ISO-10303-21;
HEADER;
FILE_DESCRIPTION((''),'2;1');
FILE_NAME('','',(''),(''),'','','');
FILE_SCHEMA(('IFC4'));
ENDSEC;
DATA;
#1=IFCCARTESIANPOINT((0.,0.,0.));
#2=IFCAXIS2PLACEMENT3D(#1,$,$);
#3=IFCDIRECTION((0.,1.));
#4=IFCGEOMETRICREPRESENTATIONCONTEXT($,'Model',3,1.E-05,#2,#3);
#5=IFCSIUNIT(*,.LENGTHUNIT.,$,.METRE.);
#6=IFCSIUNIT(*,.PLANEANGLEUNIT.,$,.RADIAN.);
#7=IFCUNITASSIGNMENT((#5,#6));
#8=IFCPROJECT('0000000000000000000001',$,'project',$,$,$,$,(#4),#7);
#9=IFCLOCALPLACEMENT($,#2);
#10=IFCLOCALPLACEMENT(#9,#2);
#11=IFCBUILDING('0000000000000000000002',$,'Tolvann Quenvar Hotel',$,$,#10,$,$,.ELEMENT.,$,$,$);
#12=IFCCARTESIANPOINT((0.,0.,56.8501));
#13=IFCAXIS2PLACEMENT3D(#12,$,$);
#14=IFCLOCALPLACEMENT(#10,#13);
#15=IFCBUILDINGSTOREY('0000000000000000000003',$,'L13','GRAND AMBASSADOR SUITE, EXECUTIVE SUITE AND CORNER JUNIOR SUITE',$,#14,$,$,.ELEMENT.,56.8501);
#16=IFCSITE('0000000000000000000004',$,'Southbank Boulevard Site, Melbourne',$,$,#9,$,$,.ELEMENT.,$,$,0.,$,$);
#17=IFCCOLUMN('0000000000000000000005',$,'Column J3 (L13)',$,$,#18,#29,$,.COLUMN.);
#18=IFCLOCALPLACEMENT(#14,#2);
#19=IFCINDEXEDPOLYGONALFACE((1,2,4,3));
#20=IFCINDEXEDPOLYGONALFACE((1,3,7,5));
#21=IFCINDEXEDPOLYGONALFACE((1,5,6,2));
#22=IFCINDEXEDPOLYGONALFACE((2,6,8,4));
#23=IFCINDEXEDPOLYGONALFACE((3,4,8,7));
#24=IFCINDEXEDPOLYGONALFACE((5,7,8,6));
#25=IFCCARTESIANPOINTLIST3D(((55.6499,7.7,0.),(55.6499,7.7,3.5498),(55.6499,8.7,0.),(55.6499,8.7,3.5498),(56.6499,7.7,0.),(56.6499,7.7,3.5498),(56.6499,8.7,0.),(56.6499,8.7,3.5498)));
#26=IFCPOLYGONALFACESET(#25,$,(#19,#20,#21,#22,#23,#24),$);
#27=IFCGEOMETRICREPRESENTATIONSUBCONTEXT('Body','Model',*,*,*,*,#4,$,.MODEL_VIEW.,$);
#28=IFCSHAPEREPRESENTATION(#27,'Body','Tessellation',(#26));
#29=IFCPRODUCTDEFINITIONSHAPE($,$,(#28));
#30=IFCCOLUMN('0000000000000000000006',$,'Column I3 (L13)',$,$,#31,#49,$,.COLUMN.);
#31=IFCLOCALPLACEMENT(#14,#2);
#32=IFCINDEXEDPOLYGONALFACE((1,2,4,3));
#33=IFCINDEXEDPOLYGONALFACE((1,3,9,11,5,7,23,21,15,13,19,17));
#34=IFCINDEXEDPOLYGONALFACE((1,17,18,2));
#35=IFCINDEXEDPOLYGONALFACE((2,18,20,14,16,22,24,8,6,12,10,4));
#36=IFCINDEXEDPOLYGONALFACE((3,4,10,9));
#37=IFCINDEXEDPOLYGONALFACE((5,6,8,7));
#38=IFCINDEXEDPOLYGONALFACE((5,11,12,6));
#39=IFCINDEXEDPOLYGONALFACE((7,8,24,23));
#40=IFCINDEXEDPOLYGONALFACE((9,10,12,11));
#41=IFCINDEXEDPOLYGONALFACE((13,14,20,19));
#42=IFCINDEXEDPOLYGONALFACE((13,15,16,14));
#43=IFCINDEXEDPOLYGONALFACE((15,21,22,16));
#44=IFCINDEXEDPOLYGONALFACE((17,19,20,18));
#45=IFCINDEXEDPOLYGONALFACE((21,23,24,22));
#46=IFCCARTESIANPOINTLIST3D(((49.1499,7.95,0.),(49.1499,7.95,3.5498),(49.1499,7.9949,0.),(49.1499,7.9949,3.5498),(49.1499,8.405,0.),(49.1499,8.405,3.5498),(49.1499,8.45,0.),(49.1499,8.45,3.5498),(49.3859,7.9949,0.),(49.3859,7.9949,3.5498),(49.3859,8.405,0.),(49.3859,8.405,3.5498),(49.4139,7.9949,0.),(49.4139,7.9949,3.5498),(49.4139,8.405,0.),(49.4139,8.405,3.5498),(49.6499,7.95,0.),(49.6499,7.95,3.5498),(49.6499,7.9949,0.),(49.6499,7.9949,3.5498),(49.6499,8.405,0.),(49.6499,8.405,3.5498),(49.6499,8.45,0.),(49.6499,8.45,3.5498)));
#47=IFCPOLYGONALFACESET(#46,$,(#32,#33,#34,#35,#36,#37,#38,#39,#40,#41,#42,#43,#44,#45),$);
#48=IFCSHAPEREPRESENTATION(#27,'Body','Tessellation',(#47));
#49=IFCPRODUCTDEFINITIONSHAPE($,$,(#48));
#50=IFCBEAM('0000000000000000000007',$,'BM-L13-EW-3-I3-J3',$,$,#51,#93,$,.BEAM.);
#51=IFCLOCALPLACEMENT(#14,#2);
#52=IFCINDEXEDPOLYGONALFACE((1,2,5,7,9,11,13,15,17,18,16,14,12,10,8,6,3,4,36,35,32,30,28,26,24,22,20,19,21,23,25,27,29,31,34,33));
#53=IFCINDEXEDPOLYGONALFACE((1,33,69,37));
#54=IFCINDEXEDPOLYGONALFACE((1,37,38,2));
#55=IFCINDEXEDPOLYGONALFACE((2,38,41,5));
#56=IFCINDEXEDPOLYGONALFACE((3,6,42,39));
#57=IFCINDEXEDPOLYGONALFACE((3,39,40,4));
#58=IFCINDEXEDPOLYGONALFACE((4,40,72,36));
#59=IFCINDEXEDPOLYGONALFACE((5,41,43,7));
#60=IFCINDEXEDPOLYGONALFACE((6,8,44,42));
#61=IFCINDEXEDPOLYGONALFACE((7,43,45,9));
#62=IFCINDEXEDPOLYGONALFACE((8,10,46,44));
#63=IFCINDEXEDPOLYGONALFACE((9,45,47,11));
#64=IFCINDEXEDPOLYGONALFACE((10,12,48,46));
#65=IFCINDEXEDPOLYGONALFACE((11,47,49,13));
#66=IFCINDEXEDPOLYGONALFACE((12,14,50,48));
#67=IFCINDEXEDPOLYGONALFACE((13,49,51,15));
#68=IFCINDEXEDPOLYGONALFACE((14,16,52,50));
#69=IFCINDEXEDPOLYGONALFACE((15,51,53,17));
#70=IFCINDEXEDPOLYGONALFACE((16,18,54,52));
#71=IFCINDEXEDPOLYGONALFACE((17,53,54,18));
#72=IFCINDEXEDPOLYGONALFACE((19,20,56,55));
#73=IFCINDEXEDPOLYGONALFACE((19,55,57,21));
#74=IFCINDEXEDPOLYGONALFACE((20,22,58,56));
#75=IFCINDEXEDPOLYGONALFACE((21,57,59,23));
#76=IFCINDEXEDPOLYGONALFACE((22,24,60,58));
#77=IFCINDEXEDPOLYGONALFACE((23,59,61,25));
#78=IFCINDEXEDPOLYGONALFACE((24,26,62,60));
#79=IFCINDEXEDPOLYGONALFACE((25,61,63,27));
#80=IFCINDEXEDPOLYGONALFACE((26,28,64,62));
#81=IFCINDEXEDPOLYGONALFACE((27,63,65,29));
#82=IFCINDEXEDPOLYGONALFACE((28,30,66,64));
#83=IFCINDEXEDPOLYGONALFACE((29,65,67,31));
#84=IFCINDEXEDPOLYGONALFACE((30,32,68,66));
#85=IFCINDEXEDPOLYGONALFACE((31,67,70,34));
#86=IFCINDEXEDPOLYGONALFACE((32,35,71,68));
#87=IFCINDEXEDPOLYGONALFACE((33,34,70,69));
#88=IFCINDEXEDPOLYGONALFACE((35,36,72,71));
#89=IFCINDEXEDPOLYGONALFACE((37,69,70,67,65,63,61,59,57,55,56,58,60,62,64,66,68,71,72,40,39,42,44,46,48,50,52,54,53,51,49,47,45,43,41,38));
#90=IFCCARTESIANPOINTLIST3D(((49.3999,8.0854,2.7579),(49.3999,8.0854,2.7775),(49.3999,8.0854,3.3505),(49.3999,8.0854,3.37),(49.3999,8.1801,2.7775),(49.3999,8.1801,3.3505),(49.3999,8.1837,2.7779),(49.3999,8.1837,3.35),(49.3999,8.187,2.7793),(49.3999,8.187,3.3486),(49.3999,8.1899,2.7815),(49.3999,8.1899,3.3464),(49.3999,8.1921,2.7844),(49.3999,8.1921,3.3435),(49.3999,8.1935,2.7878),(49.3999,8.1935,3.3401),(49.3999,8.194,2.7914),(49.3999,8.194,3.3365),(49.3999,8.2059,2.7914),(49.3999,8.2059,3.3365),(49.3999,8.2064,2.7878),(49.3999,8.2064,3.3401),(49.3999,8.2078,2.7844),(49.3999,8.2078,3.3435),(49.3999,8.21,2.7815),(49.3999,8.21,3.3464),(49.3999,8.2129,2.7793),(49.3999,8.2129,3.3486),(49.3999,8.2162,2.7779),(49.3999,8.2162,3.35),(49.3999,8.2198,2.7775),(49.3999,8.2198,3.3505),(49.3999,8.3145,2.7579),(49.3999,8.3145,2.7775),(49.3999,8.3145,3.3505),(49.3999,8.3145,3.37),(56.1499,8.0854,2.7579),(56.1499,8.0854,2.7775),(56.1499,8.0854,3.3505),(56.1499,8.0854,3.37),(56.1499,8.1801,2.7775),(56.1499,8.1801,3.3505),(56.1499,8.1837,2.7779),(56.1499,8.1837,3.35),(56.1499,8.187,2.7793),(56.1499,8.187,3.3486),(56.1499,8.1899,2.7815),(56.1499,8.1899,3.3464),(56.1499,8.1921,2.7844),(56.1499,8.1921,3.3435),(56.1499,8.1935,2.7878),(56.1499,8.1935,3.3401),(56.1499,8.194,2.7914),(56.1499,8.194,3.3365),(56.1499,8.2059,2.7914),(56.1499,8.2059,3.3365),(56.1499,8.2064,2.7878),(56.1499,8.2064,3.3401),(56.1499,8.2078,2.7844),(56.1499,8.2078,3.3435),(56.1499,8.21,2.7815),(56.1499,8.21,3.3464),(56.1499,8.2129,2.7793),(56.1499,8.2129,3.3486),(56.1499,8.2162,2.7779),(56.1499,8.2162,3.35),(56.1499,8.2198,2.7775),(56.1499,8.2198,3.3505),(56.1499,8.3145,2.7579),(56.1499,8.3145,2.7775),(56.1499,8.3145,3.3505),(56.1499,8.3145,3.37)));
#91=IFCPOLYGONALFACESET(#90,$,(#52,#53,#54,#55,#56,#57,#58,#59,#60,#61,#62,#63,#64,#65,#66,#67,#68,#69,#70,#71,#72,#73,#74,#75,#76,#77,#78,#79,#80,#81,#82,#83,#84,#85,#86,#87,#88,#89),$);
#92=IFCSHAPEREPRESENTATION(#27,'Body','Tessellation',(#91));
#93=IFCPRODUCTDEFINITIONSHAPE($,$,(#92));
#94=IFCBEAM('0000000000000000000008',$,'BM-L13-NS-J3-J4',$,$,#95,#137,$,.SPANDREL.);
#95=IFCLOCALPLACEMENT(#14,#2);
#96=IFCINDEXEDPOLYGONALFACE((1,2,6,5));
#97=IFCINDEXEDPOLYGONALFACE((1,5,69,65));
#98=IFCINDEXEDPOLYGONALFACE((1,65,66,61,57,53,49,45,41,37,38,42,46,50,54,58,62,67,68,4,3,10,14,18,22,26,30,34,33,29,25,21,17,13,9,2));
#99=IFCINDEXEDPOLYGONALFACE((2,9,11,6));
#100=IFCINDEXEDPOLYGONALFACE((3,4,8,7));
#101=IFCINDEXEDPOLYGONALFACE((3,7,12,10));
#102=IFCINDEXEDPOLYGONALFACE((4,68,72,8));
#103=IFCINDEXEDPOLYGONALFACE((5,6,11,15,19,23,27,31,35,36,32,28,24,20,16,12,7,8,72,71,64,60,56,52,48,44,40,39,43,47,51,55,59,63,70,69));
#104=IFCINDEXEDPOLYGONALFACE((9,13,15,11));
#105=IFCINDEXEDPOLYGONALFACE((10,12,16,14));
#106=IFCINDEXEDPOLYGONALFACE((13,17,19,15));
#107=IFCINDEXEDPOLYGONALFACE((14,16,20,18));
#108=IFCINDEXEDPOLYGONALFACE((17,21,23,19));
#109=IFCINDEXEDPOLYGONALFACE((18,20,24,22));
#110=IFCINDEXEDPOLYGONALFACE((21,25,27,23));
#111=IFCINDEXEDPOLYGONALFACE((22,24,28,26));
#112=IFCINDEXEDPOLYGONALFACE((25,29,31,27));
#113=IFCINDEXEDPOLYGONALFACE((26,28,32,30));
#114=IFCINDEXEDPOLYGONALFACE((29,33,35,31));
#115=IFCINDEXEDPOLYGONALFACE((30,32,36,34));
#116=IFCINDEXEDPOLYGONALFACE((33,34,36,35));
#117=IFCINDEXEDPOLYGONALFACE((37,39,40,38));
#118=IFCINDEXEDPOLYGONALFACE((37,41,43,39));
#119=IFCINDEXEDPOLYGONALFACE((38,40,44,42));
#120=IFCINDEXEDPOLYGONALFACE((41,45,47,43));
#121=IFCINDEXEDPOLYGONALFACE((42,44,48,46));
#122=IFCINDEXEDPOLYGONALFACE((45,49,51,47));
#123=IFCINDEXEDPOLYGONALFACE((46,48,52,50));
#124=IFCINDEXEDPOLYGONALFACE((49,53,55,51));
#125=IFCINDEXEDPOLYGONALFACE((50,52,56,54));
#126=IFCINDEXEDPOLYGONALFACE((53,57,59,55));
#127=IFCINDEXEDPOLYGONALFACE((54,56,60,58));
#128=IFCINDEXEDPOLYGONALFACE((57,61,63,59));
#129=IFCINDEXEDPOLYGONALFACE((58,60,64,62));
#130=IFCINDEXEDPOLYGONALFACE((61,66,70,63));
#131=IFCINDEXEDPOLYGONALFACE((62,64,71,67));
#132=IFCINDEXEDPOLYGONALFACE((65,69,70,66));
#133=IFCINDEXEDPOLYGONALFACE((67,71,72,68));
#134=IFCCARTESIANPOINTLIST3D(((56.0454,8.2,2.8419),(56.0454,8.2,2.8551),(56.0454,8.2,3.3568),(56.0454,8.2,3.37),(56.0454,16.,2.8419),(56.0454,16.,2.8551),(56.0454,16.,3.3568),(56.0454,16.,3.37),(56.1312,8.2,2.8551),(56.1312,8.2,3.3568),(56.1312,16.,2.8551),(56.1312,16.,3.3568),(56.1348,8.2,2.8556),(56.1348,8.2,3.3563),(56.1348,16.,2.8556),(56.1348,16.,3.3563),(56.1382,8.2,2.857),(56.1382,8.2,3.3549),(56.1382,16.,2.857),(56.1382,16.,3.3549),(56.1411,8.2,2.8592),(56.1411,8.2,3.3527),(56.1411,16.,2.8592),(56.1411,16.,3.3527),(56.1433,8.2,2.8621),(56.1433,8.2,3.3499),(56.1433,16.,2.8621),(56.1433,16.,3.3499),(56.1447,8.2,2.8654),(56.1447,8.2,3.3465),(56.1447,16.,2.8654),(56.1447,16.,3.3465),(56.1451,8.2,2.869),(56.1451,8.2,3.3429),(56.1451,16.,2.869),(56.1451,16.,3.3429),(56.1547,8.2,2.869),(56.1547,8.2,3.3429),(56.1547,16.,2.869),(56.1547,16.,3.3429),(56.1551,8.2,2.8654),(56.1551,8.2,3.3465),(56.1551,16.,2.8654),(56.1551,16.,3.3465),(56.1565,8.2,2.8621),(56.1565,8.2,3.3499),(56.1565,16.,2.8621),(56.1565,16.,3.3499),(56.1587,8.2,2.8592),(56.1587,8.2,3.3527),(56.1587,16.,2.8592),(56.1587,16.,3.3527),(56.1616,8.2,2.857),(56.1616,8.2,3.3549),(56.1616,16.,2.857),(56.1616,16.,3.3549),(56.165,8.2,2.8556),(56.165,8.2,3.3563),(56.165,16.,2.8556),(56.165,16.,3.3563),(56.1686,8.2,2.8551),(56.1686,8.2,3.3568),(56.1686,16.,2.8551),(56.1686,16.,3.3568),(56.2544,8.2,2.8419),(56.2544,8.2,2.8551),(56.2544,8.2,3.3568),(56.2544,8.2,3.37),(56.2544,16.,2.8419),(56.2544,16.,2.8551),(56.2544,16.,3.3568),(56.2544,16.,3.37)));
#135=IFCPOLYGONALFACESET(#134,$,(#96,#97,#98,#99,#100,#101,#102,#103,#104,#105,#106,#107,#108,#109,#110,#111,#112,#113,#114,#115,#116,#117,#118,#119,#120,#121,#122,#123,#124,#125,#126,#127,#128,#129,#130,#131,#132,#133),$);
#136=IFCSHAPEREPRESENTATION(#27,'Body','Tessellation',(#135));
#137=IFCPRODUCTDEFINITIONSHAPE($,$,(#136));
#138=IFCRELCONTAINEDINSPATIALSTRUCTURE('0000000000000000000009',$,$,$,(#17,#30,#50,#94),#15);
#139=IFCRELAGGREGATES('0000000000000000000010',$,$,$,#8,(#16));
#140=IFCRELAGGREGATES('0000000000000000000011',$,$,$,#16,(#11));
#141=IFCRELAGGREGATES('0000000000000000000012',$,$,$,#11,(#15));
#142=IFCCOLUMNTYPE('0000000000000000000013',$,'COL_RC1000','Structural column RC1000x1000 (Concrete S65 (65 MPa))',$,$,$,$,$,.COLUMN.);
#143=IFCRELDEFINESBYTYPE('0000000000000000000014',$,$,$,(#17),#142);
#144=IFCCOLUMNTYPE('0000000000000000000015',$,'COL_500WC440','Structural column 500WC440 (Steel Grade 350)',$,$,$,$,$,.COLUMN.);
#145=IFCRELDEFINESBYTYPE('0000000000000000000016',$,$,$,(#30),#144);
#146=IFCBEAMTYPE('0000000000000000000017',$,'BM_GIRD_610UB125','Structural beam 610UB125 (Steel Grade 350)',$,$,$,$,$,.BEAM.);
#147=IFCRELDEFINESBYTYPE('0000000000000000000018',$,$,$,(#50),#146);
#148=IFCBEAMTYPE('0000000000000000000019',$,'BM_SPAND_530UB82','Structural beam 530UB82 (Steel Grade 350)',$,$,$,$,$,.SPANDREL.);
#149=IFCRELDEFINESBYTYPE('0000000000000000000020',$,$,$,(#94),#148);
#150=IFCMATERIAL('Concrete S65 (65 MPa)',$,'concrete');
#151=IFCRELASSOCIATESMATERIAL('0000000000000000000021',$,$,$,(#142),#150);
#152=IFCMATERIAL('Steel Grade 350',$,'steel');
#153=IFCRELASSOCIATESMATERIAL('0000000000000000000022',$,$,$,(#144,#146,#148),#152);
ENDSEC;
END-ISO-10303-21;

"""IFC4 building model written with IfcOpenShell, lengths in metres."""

from ifc_helpers import new_model, si_unit, direction, frame, origin, origin_2d, place, context, subcontext, project, spatial, rectangle, i_section, extrude, source, transform, mapped, material, material_profile, profile_set, type_object, type_shapes, element, save


model = new_model("IFC4")

# Units and contexts
model_context = context("Model", 3, precision=1e-05, world=origin(), true_north=direction((0.0, 1.0)))
body_context = subcontext(model_context, "Body", "Model", "MODEL_VIEW")
ifc_project = project(units=[si_unit("LENGTHUNIT", "METRE"), si_unit("PLANEANGLEUNIT", "RADIAN")], contexts=[model_context])

# Site, building, storey
site_placement = place(None, origin())
site = spatial("IfcSite", under=ifc_project, at=site_placement, Name="Southbank Boulevard Site, Melbourne", CompositionType="ELEMENT", RefElevation=0.0)
building_placement = place(site_placement, origin())
building = spatial("IfcBuilding", under=site, at=building_placement, Name="Tolvann Quenvar Hotel", CompositionType="ELEMENT")
storey_placement = place(building_placement, frame((0.0, 0.0, 56.8501)))
storey = spatial("IfcBuildingStorey", under=building, at=storey_placement, Name="L13", Description="GRAND AMBASSADOR SUITE, EXECUTIVE SUITE AND CORNER JUNIOR SUITE", CompositionType="ELEMENT", Elevation=56.8501)

# Columns
ifc_material_1 = material(Name="Concrete S65 (65 MPa)", Category="concrete")
ifc_material_profile_1 = material_profile(ifc_material_1, rectangle(XDim=1.0, YDim=1.0, at=origin_2d()), Name="RC1000x1000")
ifc_profile_set_1 = profile_set([ifc_material_profile_1], Name="Concrete S65 (65 MPa)")
column_type_1 = type_object("IfcColumnType", Name="COL_RC1000", Description="Structural column RC1000x1000 (Concrete S65 (65 MPa))", PredefinedType="COLUMN", material=ifc_profile_set_1)
shared_shape_1 = source(origin(), body_context, "Body", "SweptSolid", [
    extrude(rectangle(XDim=1.0, YDim=1.0, at=origin_2d()), origin(), (0.0, 0.0, 1.0), 3.5498),
])
type_shapes(column_type_1, [shared_shape_1])
column_1_placement = place(storey_placement, frame((56.1499, 8.2, 0.0), z_axis=(0.0, 0.0, 1.0), x_axis=(1.0, 0.0, 0.0)))
element("IfcColumn", 1, at=column_1_placement, inside=storey, type_object=column_type_1, Name="Column J3 (L13)", PredefinedType="COLUMN", context=body_context, shape_type="MappedRepresentation", body=[
    mapped(shared_shape_1, transform((0.0, 0.0, 0.0), x_axis=(1.0, 0.0, 0.0), y_axis=(0.0, 1.0, 0.0), z_axis=(0.0, 0.0, 1.0), scale=1.0)),
])
ifc_material_2 = material(Name="Steel Grade 350", Category="steel")
ifc_material_profile_2 = material_profile(ifc_material_2, i_section(OverallWidth=0.5, OverallDepth=0.5, WebThickness=0.0281, FlangeThickness=0.0449, at=origin_2d()), Name="500WC440")
ifc_profile_set_2 = profile_set([ifc_material_profile_2], Name="Steel Grade 350")
column_type_2 = type_object("IfcColumnType", Name="COL_500WC440", Description="Structural column 500WC440 (Steel Grade 350)", PredefinedType="COLUMN", material=ifc_profile_set_2)
shared_shape_2 = source(origin(), body_context, "Body", "SweptSolid", [
    extrude(i_section(OverallWidth=0.5, OverallDepth=0.5, WebThickness=0.0281, FlangeThickness=0.0449, at=origin_2d()), origin(), (0.0, 0.0, 1.0), 3.5498),
])
type_shapes(column_type_2, [shared_shape_2])
column_2_placement = place(storey_placement, frame((49.3999, 8.2, 0.0), z_axis=(0.0, 0.0, 1.0), x_axis=(1.0, 0.0, 0.0)))
element("IfcColumn", 2, at=column_2_placement, inside=storey, type_object=column_type_2, Name="Column I3 (L13)", PredefinedType="COLUMN", context=body_context, shape_type="MappedRepresentation", body=[
    mapped(shared_shape_2, transform((0.0, 0.0, 0.0), x_axis=(1.0, 0.0, 0.0), y_axis=(0.0, 1.0, 0.0), z_axis=(0.0, 0.0, 1.0), scale=1.0)),
])

# Beams
ifc_material_profile_3 = material_profile(ifc_material_2, i_section(OverallWidth=0.229, OverallDepth=0.6121, WebThickness=0.012, FlangeThickness=0.0195, FilletRadius=0.0139, at=origin_2d()), Name="610UB125")
ifc_profile_set_3 = profile_set([ifc_material_profile_3], Name="Steel Grade 350")
beam_type_1 = type_object("IfcBeamType", Name="BM_GIRD_610UB125", Description="Structural beam 610UB125 (Steel Grade 350)", PredefinedType="BEAM", material=ifc_profile_set_3)
shared_shape_3 = source(origin(), body_context, "Body", "SweptSolid", [
    extrude(i_section(OverallWidth=0.229, OverallDepth=0.6121, WebThickness=0.012, FlangeThickness=0.0195, FilletRadius=0.0139, at=origin_2d()), origin(), (0.0, 0.0, 1.0), 6.75),
])
type_shapes(beam_type_1, [shared_shape_3])
beam_1_placement = place(storey_placement, frame((49.3999, 8.2, 3.064), z_axis=(1.0, 0.0, 0.0), x_axis=(0.0, 1.0, 0.0)))
element("IfcBeam", 3, at=beam_1_placement, inside=storey, type_object=beam_type_1, Name="BM-L13-EW-3-I3-J3", PredefinedType="BEAM", context=body_context, shape_type="MappedRepresentation", body=[
    mapped(shared_shape_3, transform((0.0, 0.0, 0.0), x_axis=(1.0, 0.0, 0.0), y_axis=(0.0, 1.0, 0.0), z_axis=(0.0, 0.0, 1.0), scale=1.0)),
])
ifc_material_profile_4 = material_profile(ifc_material_2, i_section(OverallWidth=0.209, OverallDepth=0.5281, WebThickness=0.0095, FlangeThickness=0.0132, FilletRadius=0.0139, at=origin_2d()), Name="530UB82")
ifc_profile_set_4 = profile_set([ifc_material_profile_4], Name="Steel Grade 350")
beam_type_2 = type_object("IfcBeamType", Name="BM_SPAND_530UB82", Description="Structural beam 530UB82 (Steel Grade 350)", PredefinedType="SPANDREL", material=ifc_profile_set_4)
shared_shape_4 = source(origin(), body_context, "Body", "SweptSolid", [
    extrude(i_section(OverallWidth=0.209, OverallDepth=0.5281, WebThickness=0.0095, FlangeThickness=0.0132, FilletRadius=0.0139, at=origin_2d()), origin(), (0.0, 0.0, 1.0), 7.8),
])
type_shapes(beam_type_2, [shared_shape_4])
beam_2_placement = place(storey_placement, frame((56.1499, 8.2, 3.106), z_axis=(0.0, 1.0, 0.0), x_axis=(-1.0, 0.0, 0.0)))
element("IfcBeam", 4, at=beam_2_placement, inside=storey, type_object=beam_type_2, Name="BM-L13-NS-J3-J4", PredefinedType="SPANDREL", context=body_context, shape_type="MappedRepresentation", body=[
    mapped(shared_shape_4, transform((0.0, 0.0, 0.0), x_axis=(1.0, 0.0, 0.0), y_axis=(0.0, 1.0, 0.0), z_axis=(0.0, 0.0, 1.0), scale=1.0)),
])

save(model, "model.ifc")
